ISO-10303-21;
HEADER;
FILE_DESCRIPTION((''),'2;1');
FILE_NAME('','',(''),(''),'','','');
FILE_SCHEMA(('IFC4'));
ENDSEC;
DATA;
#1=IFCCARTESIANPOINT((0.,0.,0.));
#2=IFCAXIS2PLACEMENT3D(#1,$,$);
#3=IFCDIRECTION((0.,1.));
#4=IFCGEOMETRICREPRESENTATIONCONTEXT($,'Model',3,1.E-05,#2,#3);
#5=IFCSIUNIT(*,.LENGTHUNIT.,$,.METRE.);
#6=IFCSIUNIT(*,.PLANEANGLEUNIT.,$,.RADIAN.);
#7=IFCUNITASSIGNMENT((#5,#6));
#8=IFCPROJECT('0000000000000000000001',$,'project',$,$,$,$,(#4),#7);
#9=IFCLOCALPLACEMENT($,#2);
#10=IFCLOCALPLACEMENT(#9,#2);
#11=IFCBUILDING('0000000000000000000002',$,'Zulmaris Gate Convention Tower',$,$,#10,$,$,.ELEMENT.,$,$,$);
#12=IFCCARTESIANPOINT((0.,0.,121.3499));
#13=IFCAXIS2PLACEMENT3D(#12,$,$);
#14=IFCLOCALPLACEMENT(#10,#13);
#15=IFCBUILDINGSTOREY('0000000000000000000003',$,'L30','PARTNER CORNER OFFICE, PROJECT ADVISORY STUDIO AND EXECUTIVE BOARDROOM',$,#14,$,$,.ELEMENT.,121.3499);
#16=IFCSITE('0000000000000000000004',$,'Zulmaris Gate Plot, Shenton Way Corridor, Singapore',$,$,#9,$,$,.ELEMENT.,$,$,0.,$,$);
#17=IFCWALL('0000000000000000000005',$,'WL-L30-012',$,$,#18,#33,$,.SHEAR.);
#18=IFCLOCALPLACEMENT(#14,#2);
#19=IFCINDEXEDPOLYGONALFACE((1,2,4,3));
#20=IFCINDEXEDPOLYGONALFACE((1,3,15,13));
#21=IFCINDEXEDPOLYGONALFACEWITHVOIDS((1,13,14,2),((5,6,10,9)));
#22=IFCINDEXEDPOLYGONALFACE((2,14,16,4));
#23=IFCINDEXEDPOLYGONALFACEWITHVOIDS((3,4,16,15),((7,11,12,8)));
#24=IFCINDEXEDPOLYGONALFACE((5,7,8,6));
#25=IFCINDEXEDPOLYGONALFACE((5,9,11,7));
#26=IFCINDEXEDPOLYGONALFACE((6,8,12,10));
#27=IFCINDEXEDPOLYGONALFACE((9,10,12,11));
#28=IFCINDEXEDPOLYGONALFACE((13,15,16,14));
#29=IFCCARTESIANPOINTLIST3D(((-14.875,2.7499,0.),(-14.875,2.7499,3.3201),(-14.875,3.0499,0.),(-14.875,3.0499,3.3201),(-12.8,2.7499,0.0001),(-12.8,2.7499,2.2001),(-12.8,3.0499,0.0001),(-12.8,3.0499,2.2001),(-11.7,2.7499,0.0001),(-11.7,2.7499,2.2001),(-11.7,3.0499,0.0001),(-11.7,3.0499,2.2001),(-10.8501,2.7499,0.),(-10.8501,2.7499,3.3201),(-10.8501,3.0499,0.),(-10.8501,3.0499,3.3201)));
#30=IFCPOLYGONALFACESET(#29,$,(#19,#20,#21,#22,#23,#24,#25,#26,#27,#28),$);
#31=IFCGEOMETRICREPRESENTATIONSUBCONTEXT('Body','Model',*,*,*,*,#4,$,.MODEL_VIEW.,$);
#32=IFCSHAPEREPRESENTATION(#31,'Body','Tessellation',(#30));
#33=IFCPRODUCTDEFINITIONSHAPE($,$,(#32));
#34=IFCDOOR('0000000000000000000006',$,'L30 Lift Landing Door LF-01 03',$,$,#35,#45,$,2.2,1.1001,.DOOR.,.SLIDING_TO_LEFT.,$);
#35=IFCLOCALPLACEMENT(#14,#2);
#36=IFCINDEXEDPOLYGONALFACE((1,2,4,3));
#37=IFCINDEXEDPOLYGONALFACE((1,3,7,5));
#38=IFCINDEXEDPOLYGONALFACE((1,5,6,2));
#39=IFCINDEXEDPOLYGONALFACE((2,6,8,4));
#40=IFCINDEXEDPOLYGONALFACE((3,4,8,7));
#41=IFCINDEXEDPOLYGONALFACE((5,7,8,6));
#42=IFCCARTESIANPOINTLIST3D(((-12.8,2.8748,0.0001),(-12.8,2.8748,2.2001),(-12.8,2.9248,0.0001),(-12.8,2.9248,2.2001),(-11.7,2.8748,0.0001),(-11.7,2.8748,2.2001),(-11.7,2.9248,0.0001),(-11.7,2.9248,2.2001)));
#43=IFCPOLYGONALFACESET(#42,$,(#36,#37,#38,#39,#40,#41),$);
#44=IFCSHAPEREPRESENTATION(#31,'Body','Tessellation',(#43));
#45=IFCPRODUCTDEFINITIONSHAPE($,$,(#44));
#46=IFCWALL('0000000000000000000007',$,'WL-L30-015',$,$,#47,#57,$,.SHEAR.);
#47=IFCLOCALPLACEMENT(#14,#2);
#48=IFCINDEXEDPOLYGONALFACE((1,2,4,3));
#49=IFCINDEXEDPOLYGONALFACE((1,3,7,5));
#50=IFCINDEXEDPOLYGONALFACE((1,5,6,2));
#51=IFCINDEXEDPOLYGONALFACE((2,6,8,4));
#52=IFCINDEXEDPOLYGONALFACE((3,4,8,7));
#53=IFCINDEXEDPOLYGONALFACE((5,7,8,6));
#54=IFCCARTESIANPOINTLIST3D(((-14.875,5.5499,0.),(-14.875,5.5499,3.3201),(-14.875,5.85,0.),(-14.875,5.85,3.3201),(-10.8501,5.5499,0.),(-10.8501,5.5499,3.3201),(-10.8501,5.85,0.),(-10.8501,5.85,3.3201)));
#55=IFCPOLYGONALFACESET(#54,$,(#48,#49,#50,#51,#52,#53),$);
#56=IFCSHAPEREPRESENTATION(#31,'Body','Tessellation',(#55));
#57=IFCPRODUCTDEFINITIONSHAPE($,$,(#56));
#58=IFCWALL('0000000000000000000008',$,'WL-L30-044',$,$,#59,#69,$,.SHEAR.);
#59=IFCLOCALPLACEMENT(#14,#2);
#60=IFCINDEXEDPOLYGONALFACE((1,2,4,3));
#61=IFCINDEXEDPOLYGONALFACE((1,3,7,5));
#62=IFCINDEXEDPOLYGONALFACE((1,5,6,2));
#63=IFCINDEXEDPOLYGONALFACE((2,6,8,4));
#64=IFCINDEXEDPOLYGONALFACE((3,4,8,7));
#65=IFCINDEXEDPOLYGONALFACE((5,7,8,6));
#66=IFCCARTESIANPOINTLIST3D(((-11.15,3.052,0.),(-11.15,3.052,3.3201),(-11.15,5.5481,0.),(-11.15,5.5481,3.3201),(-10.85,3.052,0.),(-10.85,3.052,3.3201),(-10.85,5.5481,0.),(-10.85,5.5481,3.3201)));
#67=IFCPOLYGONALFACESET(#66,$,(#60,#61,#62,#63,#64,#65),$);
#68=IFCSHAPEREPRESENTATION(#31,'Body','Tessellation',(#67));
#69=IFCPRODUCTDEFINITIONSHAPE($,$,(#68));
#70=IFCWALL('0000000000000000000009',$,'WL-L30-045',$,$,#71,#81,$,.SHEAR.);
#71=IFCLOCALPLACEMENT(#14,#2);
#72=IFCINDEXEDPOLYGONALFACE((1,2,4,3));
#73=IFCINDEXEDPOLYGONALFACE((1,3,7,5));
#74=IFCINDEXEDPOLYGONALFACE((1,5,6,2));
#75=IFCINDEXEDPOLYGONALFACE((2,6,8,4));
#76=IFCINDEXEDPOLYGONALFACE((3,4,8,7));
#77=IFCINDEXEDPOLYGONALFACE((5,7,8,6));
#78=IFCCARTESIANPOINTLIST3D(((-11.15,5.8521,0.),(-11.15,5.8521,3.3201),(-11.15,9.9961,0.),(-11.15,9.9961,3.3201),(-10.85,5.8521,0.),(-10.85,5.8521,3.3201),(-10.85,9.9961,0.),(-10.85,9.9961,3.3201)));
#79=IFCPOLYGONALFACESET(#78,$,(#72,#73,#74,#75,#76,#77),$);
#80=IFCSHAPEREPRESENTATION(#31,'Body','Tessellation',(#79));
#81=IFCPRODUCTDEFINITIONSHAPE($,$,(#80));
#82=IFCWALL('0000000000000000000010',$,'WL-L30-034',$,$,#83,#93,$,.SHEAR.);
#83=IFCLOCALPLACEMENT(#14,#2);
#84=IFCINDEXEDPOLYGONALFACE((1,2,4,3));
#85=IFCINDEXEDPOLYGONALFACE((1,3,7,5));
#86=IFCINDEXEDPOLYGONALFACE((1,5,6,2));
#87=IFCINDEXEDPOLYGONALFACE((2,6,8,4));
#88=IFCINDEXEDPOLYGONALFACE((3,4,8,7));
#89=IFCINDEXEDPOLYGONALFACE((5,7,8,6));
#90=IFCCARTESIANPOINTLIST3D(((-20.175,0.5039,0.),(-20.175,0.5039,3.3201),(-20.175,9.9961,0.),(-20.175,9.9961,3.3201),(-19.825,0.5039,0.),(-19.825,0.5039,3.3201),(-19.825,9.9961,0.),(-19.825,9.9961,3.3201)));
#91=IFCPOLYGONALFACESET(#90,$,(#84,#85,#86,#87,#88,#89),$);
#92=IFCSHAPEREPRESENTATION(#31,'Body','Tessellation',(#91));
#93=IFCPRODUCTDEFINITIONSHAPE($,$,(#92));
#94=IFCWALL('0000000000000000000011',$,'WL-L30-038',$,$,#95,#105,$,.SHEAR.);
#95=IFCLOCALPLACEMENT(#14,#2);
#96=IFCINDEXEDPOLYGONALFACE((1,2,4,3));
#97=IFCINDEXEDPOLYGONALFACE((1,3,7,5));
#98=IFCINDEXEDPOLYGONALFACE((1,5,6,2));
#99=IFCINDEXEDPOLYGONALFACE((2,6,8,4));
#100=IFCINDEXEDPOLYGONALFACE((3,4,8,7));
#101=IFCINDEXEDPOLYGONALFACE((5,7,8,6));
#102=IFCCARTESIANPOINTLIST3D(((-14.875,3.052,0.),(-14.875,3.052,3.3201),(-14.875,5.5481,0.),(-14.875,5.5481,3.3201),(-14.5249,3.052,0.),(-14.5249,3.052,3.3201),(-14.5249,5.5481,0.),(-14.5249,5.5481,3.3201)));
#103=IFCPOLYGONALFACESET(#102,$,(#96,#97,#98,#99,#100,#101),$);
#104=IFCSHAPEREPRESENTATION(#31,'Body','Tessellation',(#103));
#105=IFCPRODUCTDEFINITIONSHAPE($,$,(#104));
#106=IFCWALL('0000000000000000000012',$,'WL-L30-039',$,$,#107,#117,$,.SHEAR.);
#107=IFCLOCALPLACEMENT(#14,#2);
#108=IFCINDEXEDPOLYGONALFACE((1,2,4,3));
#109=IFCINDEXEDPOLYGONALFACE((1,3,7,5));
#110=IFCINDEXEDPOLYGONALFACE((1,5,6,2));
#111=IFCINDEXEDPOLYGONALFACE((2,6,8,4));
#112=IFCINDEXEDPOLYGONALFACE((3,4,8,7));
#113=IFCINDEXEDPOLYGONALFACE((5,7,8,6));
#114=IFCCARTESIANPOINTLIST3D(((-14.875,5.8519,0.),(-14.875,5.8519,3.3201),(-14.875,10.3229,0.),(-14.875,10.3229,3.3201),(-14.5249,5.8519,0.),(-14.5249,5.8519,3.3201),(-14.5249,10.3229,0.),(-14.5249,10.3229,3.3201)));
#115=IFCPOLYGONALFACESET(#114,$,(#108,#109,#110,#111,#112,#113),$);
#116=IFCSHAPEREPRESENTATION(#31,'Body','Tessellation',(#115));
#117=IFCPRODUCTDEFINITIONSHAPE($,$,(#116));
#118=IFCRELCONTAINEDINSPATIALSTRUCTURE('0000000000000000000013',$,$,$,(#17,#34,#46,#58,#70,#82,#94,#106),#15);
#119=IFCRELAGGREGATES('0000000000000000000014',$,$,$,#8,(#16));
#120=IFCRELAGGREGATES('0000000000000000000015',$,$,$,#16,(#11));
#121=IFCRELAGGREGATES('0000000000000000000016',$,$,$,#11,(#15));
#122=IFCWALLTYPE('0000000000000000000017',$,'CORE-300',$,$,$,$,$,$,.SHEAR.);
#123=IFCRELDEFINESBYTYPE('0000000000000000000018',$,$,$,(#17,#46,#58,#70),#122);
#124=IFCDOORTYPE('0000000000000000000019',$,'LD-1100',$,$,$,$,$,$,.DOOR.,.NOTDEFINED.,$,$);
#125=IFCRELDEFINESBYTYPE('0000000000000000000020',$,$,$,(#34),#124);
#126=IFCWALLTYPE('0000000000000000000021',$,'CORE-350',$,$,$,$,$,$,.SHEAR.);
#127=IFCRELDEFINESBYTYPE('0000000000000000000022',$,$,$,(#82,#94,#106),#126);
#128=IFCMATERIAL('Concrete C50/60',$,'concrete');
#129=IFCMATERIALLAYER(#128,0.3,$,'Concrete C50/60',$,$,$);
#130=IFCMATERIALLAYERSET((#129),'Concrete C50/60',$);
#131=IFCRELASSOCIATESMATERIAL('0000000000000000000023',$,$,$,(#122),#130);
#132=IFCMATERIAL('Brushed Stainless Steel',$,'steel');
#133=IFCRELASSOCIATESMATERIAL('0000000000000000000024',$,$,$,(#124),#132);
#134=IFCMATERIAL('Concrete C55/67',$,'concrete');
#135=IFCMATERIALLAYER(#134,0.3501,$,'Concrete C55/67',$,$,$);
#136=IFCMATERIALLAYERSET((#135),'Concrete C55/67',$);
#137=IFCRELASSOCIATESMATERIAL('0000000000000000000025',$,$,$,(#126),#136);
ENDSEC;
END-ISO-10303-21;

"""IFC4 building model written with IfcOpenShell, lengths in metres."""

from ifc_helpers import new_model, si_unit, direction, frame, frame_2d, origin, place, context, subcontext, project, spatial, rectangle, extrude, material, layer, layer_set, type_object, element, fill, save


model = new_model("IFC4")

# Units and contexts
model_context = context("Model", 3, precision=1e-05, world=origin(), true_north=direction((0.0, 1.0)))
body_context = subcontext(model_context, "Body", "Model", "MODEL_VIEW")
ifc_project = project(units=[si_unit("LENGTHUNIT", "METRE"), si_unit("PLANEANGLEUNIT", "RADIAN")], contexts=[model_context])

# Site, building, storey
site_placement = place(None, origin())
site = spatial("IfcSite", under=ifc_project, at=site_placement, Name="Zulmaris Gate Plot, Shenton Way Corridor, Singapore", CompositionType="ELEMENT", RefElevation=0.0)
building_placement = place(site_placement, origin())
building = spatial("IfcBuilding", under=site, at=building_placement, Name="Zulmaris Gate Convention Tower", CompositionType="ELEMENT")
storey_placement = place(building_placement, frame((0.0, 0.0, 121.3499)))
storey = spatial("IfcBuildingStorey", under=building, at=storey_placement, Name="L30", Description="PARTNER CORNER OFFICE, PROJECT ADVISORY STUDIO AND EXECUTIVE BOARDROOM", CompositionType="ELEMENT", Elevation=121.3499)

# Shared definitions
ifc_material_1 = material(Name="Concrete C50/60", Category="concrete")

# Wall, opening, door
ifc_layer_1 = layer(ifc_material_1, 0.3, Name="Concrete C50/60")
ifc_layer_set_1 = layer_set([ifc_layer_1], Name="Concrete C50/60")
wall_type_1 = type_object("IfcWallType", Name="CORE-300", PredefinedType="SHEAR", material=ifc_layer_set_1)
wall_1_placement = place(storey_placement, frame((-14.875, 2.8999, 0.0), z_axis=(0.0, 0.0, 1.0), x_axis=(1.0, 0.0, 0.0)))
wall_1 = element("IfcWall", 1, at=wall_1_placement, inside=storey, type_object=wall_type_1, Name="WL-L30-012", PredefinedType="SHEAR", context=body_context, shape_type="SweptSolid", body=[
    extrude(rectangle(XDim=4.0249, YDim=0.3, at=frame_2d((2.0125, 0.0))), origin(), (0.0, 0.0, 1.0), 3.3201),
])
opening_1_placement = place(wall_1_placement, frame((2.075, 0.0, 0.0)))
opening_1 = element("IfcOpeningElement", 2, at=opening_1_placement, cuts=wall_1, PredefinedType="OPENING", context=body_context, shape_type="SweptSolid", body=[
    extrude(rectangle(XDim=1.1001, YDim=2.2, at=frame_2d((0.55, 1.1001))), frame((0.0, 0.1602, 0.0), z_axis=(0.0, -1.0, 0.0), x_axis=(1.0, 0.0, 0.0)), (0.0, 0.0, 1.0), 0.3201),
])
ifc_material_2 = material(Name="Brushed Stainless Steel", Category="steel")
door_type_1 = type_object("IfcDoorType", Name="LD-1100", OperationType="NOTDEFINED", PredefinedType="DOOR", material=ifc_material_2)
door_1_placement = place(opening_1_placement, origin())
door_1 = element("IfcDoor", 3, at=door_1_placement, inside=storey, type_object=door_type_1, Name="L30 Lift Landing Door LF-01 03", OperationType="SLIDING_TO_LEFT", OverallHeight=2.2, OverallWidth=1.1001, PredefinedType="DOOR", context=body_context, shape_type="SweptSolid", body=[
    extrude(rectangle(XDim=1.1001, YDim=2.2, at=frame_2d((0.55, 1.1001))), frame((0.0, 0.0249, 0.0), z_axis=(0.0, -1.0, 0.0), x_axis=(1.0, 0.0, 0.0)), (0.0, 0.0, 1.0), 0.05),
])
fill(opening_1, door_1)

# Wall
wall_2_placement = place(storey_placement, frame((-14.875, 5.7, 0.0), z_axis=(0.0, 0.0, 1.0), x_axis=(1.0, 0.0, 0.0)))
element("IfcWall", 4, at=wall_2_placement, inside=storey, type_object=wall_type_1, Name="WL-L30-015", PredefinedType="SHEAR", context=body_context, shape_type="SweptSolid", body=[
    extrude(rectangle(XDim=4.0249, YDim=0.3, at=frame_2d((2.0125, 0.0))), origin(), (0.0, 0.0, 1.0), 3.3201),
])

# Walls
wall_3_placement = place(storey_placement, frame((-11.0, 3.052, 0.0), z_axis=(0.0, 0.0, 1.0), x_axis=(0.0, 1.0, 0.0)))
element("IfcWall", 5, at=wall_3_placement, inside=storey, type_object=wall_type_1, Name="WL-L30-044", PredefinedType="SHEAR", context=body_context, shape_type="SweptSolid", body=[
    extrude(rectangle(XDim=2.4961, YDim=0.3, at=frame_2d((1.248, 0.0))), origin(), (0.0, 0.0, 1.0), 3.3201),
])
wall_4_placement = place(storey_placement, frame((-11.0, 5.8521, 0.0), z_axis=(0.0, 0.0, 1.0), x_axis=(0.0, 1.0, 0.0)))
element("IfcWall", 6, at=wall_4_placement, inside=storey, type_object=wall_type_1, Name="WL-L30-045", PredefinedType="SHEAR", context=body_context, shape_type="SweptSolid", body=[
    extrude(rectangle(XDim=4.144, YDim=0.3, at=frame_2d((2.072, 0.0))), origin(), (0.0, 0.0, 1.0), 3.3201),
])

# Shared definitions
ifc_material_3 = material(Name="Concrete C55/67", Category="concrete")
ifc_layer_2 = layer(ifc_material_3, 0.3501, Name="Concrete C55/67")
ifc_layer_set_2 = layer_set([ifc_layer_2], Name="Concrete C55/67")
wall_type_2 = type_object("IfcWallType", Name="CORE-350", PredefinedType="SHEAR", material=ifc_layer_set_2)

# Walls
wall_5_placement = place(storey_placement, frame((-20.0, 0.5039, 0.0), z_axis=(0.0, 0.0, 1.0), x_axis=(0.0, 1.0, 0.0)))
element("IfcWall", 7, at=wall_5_placement, inside=storey, type_object=wall_type_2, Name="WL-L30-034", PredefinedType="SHEAR", context=body_context, shape_type="SweptSolid", body=[
    extrude(rectangle(XDim=9.4922, YDim=0.3501, at=frame_2d((4.7461, 0.0))), origin(), (0.0, 0.0, 1.0), 3.3201),
])
wall_6_placement = place(storey_placement, frame((-14.7, 3.052, 0.0), z_axis=(0.0, 0.0, 1.0), x_axis=(0.0, 1.0, 0.0)))
element("IfcWall", 8, at=wall_6_placement, inside=storey, type_object=wall_type_2, Name="WL-L30-038", PredefinedType="SHEAR", context=body_context, shape_type="SweptSolid", body=[
    extrude(rectangle(XDim=2.4961, YDim=0.3501, at=frame_2d((1.248, 0.0))), origin(), (0.0, 0.0, 1.0), 3.3201),
])
wall_7_placement = place(storey_placement, frame((-14.7, 5.8521, 0.0), z_axis=(0.0, 0.0, 1.0), x_axis=(0.0, 1.0, 0.0)))
element("IfcWall", 9, at=wall_7_placement, inside=storey, type_object=wall_type_2, Name="WL-L30-039", PredefinedType="SHEAR", context=body_context, shape_type="SweptSolid", body=[
    extrude(rectangle(XDim=4.4709, YDim=0.3501, at=frame_2d((2.2354, 0.0))), origin(), (0.0, 0.0, 1.0), 3.3201),
])

save(model, "model.ifc")
